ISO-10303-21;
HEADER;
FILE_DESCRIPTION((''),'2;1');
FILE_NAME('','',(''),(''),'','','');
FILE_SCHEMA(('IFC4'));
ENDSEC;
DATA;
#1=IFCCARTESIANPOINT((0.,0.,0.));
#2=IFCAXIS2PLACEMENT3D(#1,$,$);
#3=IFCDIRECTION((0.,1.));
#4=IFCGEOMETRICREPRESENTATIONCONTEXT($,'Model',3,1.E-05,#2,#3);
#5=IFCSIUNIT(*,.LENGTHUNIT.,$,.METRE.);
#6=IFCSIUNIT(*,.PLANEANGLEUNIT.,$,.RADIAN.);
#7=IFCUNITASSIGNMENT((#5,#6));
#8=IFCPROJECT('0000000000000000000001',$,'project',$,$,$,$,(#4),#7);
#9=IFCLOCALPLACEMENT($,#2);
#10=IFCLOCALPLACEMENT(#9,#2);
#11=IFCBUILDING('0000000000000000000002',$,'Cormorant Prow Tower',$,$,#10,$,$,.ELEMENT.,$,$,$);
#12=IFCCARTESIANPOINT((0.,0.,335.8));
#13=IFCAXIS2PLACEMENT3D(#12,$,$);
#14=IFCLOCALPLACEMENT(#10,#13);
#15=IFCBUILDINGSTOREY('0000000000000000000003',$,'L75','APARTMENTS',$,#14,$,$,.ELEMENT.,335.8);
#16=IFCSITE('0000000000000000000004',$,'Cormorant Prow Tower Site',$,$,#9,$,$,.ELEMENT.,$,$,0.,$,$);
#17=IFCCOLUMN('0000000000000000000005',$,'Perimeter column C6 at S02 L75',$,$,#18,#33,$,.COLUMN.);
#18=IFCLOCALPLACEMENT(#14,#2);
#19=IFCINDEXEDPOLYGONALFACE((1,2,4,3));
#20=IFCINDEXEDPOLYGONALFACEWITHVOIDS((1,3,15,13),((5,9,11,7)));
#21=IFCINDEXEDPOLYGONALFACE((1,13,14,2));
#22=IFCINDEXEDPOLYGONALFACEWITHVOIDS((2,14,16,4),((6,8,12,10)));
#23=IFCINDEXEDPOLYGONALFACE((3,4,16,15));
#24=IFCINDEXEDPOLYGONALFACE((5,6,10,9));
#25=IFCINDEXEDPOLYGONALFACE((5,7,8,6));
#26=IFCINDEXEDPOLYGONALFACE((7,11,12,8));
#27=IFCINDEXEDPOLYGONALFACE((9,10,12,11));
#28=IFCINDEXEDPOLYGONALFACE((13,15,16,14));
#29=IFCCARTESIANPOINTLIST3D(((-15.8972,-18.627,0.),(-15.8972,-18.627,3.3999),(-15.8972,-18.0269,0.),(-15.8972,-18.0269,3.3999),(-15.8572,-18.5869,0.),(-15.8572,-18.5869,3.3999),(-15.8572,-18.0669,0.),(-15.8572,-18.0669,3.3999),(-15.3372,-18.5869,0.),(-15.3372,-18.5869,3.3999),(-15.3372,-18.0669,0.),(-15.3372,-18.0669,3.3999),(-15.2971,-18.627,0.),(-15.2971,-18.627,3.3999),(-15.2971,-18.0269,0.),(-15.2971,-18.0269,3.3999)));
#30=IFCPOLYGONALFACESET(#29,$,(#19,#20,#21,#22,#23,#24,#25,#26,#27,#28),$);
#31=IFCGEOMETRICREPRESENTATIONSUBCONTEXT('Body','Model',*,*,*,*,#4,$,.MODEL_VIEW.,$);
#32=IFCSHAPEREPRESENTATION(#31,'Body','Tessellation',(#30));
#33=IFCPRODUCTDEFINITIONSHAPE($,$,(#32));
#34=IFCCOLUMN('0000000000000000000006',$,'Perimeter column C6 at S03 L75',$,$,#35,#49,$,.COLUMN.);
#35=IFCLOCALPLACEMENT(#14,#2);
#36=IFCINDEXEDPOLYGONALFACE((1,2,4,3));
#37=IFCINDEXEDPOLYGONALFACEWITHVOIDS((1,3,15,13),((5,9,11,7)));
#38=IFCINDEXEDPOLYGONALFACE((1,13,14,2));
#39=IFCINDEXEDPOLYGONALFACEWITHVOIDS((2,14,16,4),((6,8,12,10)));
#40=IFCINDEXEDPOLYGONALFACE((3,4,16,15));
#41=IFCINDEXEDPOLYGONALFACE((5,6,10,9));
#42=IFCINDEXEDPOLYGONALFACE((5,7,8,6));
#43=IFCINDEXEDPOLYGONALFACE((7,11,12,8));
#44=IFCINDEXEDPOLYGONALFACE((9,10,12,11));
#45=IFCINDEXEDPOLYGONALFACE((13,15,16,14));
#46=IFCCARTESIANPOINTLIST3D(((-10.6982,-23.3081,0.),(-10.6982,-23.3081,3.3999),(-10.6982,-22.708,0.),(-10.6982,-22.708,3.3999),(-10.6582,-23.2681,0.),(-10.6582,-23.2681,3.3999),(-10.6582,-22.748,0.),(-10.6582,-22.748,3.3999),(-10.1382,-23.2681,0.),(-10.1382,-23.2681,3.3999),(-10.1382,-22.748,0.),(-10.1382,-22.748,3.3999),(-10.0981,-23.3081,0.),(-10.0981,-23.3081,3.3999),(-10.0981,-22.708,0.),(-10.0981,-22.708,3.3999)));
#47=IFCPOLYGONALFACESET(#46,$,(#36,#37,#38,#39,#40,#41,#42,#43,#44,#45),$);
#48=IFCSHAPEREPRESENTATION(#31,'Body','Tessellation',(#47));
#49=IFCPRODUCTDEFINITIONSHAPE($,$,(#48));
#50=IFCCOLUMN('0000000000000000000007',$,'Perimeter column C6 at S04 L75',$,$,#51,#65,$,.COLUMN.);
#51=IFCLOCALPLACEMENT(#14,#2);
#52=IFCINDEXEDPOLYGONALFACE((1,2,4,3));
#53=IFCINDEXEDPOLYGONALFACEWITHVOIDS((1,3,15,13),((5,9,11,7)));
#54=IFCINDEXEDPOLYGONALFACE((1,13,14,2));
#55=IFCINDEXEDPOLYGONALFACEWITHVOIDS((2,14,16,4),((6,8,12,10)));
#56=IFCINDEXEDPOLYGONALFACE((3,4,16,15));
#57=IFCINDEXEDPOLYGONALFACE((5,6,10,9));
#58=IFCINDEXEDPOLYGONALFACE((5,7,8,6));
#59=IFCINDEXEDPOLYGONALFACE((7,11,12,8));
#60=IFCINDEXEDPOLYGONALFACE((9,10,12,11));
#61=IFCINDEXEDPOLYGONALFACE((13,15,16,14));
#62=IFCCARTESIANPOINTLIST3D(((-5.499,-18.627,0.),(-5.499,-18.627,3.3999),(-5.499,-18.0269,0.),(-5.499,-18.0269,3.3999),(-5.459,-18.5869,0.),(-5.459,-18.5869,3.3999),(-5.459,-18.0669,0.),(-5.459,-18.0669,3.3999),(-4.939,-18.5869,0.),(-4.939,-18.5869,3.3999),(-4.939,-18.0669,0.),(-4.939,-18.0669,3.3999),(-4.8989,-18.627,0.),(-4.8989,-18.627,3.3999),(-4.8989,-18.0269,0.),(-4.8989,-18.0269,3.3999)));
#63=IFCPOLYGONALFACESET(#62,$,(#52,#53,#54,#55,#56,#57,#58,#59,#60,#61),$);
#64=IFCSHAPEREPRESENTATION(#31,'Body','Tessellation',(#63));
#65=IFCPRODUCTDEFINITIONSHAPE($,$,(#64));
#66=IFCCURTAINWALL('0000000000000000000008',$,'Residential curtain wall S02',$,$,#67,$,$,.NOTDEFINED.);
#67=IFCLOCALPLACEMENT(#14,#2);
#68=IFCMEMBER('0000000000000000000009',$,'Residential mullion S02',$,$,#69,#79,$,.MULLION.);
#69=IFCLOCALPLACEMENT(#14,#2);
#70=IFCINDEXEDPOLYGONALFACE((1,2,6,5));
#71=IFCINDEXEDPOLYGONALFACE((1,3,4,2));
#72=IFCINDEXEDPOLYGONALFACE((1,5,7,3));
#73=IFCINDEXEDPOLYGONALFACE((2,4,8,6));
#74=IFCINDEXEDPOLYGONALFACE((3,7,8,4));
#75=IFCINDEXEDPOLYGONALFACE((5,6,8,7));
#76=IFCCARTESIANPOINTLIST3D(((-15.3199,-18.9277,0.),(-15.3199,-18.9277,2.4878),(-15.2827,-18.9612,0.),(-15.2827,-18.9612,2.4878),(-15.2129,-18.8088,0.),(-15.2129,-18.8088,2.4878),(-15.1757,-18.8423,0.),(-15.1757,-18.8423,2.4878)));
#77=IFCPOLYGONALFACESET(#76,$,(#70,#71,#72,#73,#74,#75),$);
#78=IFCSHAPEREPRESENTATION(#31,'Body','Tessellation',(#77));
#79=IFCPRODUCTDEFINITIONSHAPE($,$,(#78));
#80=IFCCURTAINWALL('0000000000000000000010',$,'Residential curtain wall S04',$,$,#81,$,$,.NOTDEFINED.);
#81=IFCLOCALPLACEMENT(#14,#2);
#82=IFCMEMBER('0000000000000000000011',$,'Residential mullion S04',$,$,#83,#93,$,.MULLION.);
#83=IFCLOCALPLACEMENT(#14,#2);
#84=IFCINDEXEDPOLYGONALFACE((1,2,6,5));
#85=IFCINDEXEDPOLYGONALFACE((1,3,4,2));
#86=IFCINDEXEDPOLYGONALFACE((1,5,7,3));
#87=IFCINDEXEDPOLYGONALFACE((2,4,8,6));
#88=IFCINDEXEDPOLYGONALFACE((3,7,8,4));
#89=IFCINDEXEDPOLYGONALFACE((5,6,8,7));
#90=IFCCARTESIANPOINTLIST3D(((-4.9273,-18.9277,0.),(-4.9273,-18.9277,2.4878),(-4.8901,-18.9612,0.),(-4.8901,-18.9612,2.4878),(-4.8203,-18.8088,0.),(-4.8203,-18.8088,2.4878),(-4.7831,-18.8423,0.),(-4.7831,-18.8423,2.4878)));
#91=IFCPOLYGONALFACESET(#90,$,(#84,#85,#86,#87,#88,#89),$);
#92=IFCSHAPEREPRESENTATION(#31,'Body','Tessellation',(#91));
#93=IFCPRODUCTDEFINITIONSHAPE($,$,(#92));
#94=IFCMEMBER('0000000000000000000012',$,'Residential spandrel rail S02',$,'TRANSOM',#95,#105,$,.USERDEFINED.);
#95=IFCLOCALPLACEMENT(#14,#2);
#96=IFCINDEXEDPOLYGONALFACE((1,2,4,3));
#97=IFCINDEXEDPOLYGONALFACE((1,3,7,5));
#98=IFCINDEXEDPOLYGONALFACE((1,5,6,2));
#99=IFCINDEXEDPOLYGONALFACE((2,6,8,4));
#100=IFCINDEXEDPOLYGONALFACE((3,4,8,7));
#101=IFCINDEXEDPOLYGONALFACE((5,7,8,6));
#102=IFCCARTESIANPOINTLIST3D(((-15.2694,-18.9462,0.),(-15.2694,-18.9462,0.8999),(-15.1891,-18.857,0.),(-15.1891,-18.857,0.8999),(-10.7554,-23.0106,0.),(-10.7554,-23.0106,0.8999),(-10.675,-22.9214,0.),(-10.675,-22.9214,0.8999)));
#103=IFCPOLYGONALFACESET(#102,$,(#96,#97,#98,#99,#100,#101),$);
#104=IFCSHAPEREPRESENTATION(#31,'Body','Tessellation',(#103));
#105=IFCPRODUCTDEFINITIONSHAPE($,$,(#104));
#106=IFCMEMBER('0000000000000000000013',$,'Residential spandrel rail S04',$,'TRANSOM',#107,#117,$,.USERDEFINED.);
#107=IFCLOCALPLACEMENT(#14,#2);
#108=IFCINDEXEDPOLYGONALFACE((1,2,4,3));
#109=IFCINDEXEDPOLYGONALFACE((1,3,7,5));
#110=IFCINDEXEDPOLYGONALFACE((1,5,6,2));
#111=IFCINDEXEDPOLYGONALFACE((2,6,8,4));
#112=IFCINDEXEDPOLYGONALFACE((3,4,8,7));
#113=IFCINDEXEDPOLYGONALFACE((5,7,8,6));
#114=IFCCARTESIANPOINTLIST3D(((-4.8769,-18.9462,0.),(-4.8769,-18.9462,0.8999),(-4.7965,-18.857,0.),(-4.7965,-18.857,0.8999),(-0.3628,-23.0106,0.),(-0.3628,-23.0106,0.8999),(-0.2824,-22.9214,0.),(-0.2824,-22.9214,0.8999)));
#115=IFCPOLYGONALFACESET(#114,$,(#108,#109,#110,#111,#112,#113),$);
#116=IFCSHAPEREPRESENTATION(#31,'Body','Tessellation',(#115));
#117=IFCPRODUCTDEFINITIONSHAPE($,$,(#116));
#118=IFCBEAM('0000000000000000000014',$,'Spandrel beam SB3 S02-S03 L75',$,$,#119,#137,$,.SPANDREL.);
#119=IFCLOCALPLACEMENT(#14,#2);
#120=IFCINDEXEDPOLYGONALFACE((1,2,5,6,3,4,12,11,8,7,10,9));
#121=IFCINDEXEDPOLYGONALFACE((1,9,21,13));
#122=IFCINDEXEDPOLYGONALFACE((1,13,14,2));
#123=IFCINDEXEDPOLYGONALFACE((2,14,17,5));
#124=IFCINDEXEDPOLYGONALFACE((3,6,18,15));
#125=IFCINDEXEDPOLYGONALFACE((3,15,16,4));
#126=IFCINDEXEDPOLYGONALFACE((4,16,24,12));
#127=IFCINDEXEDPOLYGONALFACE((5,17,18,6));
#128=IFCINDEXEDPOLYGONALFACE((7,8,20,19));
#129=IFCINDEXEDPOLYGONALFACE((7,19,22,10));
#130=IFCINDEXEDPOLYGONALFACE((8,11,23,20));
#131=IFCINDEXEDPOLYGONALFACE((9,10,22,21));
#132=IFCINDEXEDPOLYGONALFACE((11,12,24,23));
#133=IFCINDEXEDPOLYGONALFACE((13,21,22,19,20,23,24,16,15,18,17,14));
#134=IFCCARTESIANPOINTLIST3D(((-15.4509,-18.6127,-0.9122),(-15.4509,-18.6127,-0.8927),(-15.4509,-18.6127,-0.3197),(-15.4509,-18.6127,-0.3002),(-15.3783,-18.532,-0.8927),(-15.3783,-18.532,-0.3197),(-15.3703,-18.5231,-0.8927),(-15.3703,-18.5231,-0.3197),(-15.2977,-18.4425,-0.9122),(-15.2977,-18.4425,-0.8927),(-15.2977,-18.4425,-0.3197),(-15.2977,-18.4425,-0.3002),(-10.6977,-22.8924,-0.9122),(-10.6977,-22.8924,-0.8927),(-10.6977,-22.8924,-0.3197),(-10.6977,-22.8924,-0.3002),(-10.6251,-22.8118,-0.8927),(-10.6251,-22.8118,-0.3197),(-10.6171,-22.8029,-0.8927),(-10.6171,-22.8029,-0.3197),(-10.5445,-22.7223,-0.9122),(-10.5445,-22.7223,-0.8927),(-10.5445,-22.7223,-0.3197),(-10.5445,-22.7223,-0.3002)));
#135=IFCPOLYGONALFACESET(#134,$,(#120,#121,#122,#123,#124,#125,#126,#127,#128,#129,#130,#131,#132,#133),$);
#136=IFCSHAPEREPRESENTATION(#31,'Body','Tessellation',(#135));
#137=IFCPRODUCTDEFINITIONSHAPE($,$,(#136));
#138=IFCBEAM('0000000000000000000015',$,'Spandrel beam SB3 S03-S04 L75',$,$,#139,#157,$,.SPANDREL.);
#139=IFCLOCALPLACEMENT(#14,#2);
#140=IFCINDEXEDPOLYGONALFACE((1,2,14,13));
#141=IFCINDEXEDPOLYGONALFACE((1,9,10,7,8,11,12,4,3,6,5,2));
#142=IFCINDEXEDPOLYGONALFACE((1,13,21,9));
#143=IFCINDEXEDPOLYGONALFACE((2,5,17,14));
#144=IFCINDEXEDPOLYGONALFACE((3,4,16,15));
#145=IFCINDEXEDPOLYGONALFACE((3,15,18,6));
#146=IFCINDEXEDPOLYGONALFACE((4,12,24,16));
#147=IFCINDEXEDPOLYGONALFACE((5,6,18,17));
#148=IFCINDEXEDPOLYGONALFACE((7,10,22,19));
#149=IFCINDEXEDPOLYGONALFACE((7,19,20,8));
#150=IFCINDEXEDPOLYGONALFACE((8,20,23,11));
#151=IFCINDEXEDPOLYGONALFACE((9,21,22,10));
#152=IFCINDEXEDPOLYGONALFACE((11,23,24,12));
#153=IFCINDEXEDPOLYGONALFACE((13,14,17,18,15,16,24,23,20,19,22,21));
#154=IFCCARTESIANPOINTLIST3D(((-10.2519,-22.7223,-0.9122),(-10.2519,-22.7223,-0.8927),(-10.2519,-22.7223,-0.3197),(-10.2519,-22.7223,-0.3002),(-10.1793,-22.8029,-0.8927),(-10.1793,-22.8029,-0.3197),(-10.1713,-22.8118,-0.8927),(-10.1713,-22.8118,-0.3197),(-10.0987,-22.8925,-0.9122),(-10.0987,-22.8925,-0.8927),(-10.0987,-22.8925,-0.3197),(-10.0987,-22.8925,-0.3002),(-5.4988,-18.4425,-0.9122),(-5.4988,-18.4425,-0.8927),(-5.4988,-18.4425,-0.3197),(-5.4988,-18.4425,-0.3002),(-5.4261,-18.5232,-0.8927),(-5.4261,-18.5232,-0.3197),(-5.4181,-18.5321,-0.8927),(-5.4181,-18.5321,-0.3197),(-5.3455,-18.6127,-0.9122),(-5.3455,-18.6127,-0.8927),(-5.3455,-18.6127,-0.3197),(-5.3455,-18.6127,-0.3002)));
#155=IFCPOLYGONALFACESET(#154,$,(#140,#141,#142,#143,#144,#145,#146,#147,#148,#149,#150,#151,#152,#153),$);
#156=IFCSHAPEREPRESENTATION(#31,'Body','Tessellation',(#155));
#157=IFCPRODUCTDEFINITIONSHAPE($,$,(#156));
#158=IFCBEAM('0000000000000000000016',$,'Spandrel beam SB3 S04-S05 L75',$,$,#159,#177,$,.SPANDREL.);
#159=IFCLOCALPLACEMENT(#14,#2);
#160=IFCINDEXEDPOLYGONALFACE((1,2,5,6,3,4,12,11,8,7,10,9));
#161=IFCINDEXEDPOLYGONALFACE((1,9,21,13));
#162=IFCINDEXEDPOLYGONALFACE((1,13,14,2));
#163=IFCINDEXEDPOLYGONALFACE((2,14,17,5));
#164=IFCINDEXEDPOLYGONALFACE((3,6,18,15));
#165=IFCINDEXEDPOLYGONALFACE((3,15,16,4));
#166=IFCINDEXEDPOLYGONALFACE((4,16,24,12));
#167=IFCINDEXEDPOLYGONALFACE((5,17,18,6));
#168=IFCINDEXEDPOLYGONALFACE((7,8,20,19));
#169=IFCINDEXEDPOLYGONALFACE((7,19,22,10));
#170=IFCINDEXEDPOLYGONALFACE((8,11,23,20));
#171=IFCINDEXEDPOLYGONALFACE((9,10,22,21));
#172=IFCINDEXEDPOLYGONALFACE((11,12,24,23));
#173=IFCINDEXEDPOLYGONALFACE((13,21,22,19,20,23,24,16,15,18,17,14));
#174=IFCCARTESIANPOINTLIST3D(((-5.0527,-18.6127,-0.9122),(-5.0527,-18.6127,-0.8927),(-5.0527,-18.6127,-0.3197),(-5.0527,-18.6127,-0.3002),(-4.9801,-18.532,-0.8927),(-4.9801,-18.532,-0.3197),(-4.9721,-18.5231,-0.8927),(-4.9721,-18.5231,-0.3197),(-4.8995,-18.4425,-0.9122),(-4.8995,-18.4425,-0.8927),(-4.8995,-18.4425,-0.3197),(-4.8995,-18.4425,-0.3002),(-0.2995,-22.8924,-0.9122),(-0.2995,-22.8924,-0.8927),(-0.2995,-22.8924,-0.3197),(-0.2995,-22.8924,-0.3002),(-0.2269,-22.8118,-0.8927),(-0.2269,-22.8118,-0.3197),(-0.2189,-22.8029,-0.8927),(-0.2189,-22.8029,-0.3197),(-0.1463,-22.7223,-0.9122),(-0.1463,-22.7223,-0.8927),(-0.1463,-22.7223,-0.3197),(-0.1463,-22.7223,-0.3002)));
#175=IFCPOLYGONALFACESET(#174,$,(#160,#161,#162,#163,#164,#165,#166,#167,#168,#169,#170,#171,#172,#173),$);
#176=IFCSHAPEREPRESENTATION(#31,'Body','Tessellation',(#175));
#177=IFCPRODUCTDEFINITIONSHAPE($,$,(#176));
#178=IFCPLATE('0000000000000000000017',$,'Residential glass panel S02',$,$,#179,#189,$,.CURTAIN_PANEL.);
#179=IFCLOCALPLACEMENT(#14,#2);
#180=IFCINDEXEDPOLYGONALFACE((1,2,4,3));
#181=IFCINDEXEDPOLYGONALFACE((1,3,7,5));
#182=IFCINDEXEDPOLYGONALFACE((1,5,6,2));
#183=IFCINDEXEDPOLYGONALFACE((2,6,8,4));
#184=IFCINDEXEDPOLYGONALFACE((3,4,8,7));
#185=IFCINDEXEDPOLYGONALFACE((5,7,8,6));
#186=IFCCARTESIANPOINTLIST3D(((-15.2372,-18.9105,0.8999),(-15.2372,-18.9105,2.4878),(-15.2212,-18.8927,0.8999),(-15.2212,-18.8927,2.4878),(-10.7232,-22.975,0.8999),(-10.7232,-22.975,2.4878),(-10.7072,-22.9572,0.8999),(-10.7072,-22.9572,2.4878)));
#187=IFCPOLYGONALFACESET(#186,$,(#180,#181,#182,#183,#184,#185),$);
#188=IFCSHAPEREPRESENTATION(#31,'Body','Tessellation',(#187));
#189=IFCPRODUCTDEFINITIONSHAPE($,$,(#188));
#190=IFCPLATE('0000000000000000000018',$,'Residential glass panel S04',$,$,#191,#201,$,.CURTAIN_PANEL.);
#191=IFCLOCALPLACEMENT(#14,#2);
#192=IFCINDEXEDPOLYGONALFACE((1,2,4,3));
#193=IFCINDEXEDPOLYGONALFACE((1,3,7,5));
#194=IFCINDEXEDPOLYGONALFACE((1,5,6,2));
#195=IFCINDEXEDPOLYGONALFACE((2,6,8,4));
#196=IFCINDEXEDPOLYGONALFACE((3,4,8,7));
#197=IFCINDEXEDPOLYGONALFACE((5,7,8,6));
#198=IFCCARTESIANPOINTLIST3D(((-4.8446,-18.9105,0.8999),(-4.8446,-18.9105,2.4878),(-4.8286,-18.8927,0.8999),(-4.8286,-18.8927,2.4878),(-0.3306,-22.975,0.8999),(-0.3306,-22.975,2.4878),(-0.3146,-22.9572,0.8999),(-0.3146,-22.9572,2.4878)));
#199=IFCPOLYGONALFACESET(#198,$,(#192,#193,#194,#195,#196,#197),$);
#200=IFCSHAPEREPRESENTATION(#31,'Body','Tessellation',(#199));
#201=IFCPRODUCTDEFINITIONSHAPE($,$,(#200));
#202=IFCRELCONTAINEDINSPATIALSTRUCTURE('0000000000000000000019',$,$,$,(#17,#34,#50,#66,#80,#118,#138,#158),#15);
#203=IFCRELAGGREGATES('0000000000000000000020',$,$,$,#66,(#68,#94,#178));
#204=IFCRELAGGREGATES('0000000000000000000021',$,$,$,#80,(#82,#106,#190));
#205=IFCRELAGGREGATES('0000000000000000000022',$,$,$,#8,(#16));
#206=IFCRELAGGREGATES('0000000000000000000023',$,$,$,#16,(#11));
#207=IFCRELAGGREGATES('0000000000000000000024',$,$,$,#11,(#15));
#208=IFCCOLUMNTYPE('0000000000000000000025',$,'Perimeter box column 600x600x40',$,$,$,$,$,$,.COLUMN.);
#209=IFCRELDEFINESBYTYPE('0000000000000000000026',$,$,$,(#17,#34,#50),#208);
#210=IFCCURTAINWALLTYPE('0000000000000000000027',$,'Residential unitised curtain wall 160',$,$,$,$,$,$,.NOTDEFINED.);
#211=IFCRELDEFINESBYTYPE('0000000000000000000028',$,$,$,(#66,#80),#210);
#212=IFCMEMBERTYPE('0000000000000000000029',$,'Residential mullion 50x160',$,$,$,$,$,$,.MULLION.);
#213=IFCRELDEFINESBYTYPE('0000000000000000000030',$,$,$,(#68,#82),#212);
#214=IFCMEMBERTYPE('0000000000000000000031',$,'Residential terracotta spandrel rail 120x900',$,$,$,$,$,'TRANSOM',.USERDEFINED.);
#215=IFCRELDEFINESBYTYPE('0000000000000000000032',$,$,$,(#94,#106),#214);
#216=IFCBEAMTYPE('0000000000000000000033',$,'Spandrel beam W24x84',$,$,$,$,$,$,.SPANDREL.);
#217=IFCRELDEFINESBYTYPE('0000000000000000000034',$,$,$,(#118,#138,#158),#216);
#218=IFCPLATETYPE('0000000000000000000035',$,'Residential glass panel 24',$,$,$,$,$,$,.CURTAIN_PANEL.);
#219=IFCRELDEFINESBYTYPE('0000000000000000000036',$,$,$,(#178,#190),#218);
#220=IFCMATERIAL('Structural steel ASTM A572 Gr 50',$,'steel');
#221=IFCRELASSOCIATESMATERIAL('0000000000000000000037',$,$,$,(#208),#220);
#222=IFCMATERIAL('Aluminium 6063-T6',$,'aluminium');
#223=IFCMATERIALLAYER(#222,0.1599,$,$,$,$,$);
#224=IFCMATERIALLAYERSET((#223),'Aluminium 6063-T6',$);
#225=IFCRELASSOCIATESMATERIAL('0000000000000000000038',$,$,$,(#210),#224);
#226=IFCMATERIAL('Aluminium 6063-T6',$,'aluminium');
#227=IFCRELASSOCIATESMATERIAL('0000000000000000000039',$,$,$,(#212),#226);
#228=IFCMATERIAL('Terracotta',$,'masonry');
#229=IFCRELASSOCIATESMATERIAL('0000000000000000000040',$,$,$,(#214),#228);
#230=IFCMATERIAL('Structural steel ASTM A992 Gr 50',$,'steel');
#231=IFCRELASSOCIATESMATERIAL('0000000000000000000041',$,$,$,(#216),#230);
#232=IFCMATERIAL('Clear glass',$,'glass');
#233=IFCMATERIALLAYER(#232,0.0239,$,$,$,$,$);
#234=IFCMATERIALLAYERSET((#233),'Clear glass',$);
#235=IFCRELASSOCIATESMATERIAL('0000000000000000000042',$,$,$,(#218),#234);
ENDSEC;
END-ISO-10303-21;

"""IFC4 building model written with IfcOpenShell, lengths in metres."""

from ifc_helpers import new_model, si_unit, direction, frame, origin, origin_2d, place, context, subcontext, project, spatial, rectangle, hollow_rectangle, i_section, extrude, material, layer, layer_set, material_profile, profile_set, type_object, element, aggregate, save


model = new_model("IFC4")

# Units and contexts
model_context = context("Model", 3, precision=1e-05, world=origin(), true_north=direction((0.0, 1.0)))
body_context = subcontext(model_context, "Body", "Model", "MODEL_VIEW")
ifc_project = project(units=[si_unit("LENGTHUNIT", "METRE"), si_unit("PLANEANGLEUNIT", "RADIAN")], contexts=[model_context])

# Site, building, storey
site_placement = place(None, origin())
site = spatial("IfcSite", under=ifc_project, at=site_placement, Name="Cormorant Prow Tower Site", CompositionType="ELEMENT", RefElevation=0.0)
building_placement = place(site_placement, origin())
building = spatial("IfcBuilding", under=site, at=building_placement, Name="Cormorant Prow Tower", CompositionType="ELEMENT")
storey_placement = place(building_placement, frame((0.0, 0.0, 335.8)))
storey = spatial("IfcBuildingStorey", under=building, at=storey_placement, Name="L75", Description="APARTMENTS", CompositionType="ELEMENT", Elevation=335.8)

# Columns
ifc_material_1 = material(Name="Structural steel ASTM A572 Gr 50", Category="steel")
ifc_material_profile_1 = material_profile(ifc_material_1, hollow_rectangle(XDim=0.6001, YDim=0.6001, WallThickness=0.04, at=origin_2d()), Name="Box 600x600x40")
ifc_profile_set_1 = profile_set([ifc_material_profile_1], Name="Structural steel ASTM A572 Gr 50")
column_type = type_object("IfcColumnType", Name="Perimeter box column 600x600x40", PredefinedType="COLUMN", material=ifc_profile_set_1)
for number, where, z_axis, x_axis, name in (
    (1, (-15.5972, -18.3269, 0.0), (0.0, 0.0, 1.0), (1.0, 0.0, 0.0), "Perimeter column C6 at S02 L75"),
    (2, (-10.3982, -23.0081, 0.0), (0.0, 0.0, 1.0), (1.0, 0.0, 0.0), "Perimeter column C6 at S03 L75"),
    (3, (-5.199, -18.3269, 0.0), (0.0, 0.0, 1.0), (1.0, 0.0, 0.0), "Perimeter column C6 at S04 L75"),
):
    element("IfcColumn", number, at=place(storey_placement, frame(where, z_axis=z_axis, x_axis=x_axis)), inside=storey, type_object=column_type, Name=name, PredefinedType="COLUMN", context=body_context, shape_type="SweptSolid", body=[
        extrude(hollow_rectangle(XDim=0.6001, YDim=0.6001, WallThickness=0.04, at=origin_2d()), origin(), (0.0, 0.0, 1.0), 3.3999),
    ])

# Curtain walls, members
ifc_material_2 = material(Name="Aluminium 6063-T6", Category="aluminium")
ifc_layer_1 = layer(ifc_material_2, 0.1599)
ifc_layer_set_1 = layer_set([ifc_layer_1], Name="Aluminium 6063-T6")
curtain_wall_type = type_object("IfcCurtainWallType", Name="Residential unitised curtain wall 160", PredefinedType="NOTDEFINED", material=ifc_layer_set_1)
curtain_wall_1_placement = place(storey_placement, origin())
curtain_wall_1 = element("IfcCurtainWall", 4, at=curtain_wall_1_placement, inside=storey, type_object=curtain_wall_type, Name="Residential curtain wall S02", PredefinedType="NOTDEFINED")
ifc_material_3 = material(Name="Aluminium 6063-T6", Category="aluminium")
ifc_material_profile_2 = material_profile(ifc_material_3, rectangle(XDim=0.1599, YDim=0.05, at=origin_2d()), Name="Residential mullion 50x160")
ifc_profile_set_2 = profile_set([ifc_material_profile_2], Name="Aluminium 6063-T6")
member_type_1 = type_object("IfcMemberType", Name="Residential mullion 50x160", PredefinedType="MULLION", material=ifc_profile_set_2)
member_1_placement = place(storey_placement, frame((-15.2478, -18.885, 0.0), z_axis=(0.0, 0.0, 1.0), x_axis=(0.669131, 0.743145, 0.0)))
member_1 = element("IfcMember", 5, at=member_1_placement, type_object=member_type_1, Name="Residential mullion S02", PredefinedType="MULLION", context=body_context, shape_type="SweptSolid", body=[
    extrude(rectangle(XDim=0.1599, YDim=0.05, at=origin_2d()), origin(), (0.0, 0.0, 1.0), 2.4878),
])
curtain_wall_2_placement = place(storey_placement, origin())
curtain_wall_2 = element("IfcCurtainWall", 6, at=curtain_wall_2_placement, inside=storey, type_object=curtain_wall_type, Name="Residential curtain wall S04", PredefinedType="NOTDEFINED")
member_2_placement = place(storey_placement, frame((-4.8552, -18.885, 0.0), z_axis=(0.0, 0.0, 1.0), x_axis=(0.669131, 0.743145, 0.0)))
member_2 = element("IfcMember", 7, at=member_2_placement, type_object=member_type_1, Name="Residential mullion S04", PredefinedType="MULLION", context=body_context, shape_type="SweptSolid", body=[
    extrude(rectangle(XDim=0.1599, YDim=0.05, at=origin_2d()), origin(), (0.0, 0.0, 1.0), 2.4878),
])

# Members
ifc_material_4 = material(Name="Terracotta", Category="masonry")
ifc_material_profile_3 = material_profile(ifc_material_4, rectangle(XDim=0.1201, YDim=0.8999, at=origin_2d()), Name="Residential terracotta spandrel rail 120x900")
ifc_profile_set_3 = profile_set([ifc_material_profile_3], Name="Terracotta")
member_type_2 = type_object("IfcMemberType", Name="Residential terracotta spandrel rail 120x900", ElementType="TRANSOM", PredefinedType="USERDEFINED", material=ifc_profile_set_3)
member_3_placement = place(storey_placement, frame((-15.2292, -18.9016, 0.45), z_axis=(0.743154, -0.66912, 0.0), x_axis=(0.66912, 0.743154, 0.0)))
member_3 = element("IfcMember", 8, at=member_3_placement, type_object=member_type_2, Name="Residential spandrel rail S02", ObjectType="TRANSOM", PredefinedType="USERDEFINED", context=body_context, shape_type="SweptSolid", body=[
    extrude(rectangle(XDim=0.1201, YDim=0.8999, at=origin_2d()), origin(), (0.0, 0.0, 1.0), 6.0742),
])
member_4_placement = place(storey_placement, frame((-4.8367, -18.9016, 0.45), z_axis=(0.743154, -0.66912, 0.0), x_axis=(0.66912, 0.743154, 0.0)))
member_4 = element("IfcMember", 9, at=member_4_placement, type_object=member_type_2, Name="Residential spandrel rail S04", ObjectType="TRANSOM", PredefinedType="USERDEFINED", context=body_context, shape_type="SweptSolid", body=[
    extrude(rectangle(XDim=0.1201, YDim=0.8999, at=origin_2d()), origin(), (0.0, 0.0, 1.0), 6.0742),
])

# Beams
ifc_material_5 = material(Name="Structural steel ASTM A992 Gr 50", Category="steel")
ifc_material_profile_4 = material_profile(ifc_material_5, i_section(OverallWidth=0.229, OverallDepth=0.6121, WebThickness=0.012, FlangeThickness=0.0195, at=origin_2d()), Name="W24x84")
ifc_profile_set_4 = profile_set([ifc_material_profile_4], Name="Structural steel ASTM A992 Gr 50")
beam_type = type_object("IfcBeamType", Name="Spandrel beam W24x84", PredefinedType="SPANDREL", material=ifc_profile_set_4)
for number, where, z_axis, x_axis, name in (
    (10, (-15.3743, -18.5276, -0.6062), (0.743144, -0.669131, 0.0), (0.669131, 0.743144, 0.0), "Spandrel beam SB3 S02-S03 L75"),
    (11, (-10.1753, -22.8074, -0.6062), (0.743144, 0.669131, 0.0), (-0.669131, 0.743144, 0.0), "Spandrel beam SB3 S03-S04 L75"),
    (12, (-4.9761, -18.5276, -0.6062), (0.743144, -0.669131, 0.0), (0.669131, 0.743144, 0.0), "Spandrel beam SB3 S04-S05 L75"),
):
    element("IfcBeam", number, at=place(storey_placement, frame(where, z_axis=z_axis, x_axis=x_axis)), inside=storey, type_object=beam_type, Name=name, PredefinedType="SPANDREL", context=body_context, shape_type="SweptSolid", body=[
        extrude(i_section(OverallWidth=0.229, OverallDepth=0.6121, WebThickness=0.012, FlangeThickness=0.0195, at=origin_2d()), origin(), (0.0, 0.0, 1.0), 6.396),
    ])

# Plates
ifc_material_6 = material(Name="Clear glass", Category="glass")
ifc_layer_2 = layer(ifc_material_6, 0.0239)
ifc_layer_set_2 = layer_set([ifc_layer_2], Name="Clear glass")
plate_type = type_object("IfcPlateType", Name="Residential glass panel 24", PredefinedType="CURTAIN_PANEL", material=ifc_layer_set_2)
plate_1_placement = place(storey_placement, frame((-12.9722, -20.9338, 0.8999), z_axis=(0.0, 0.0, 1.0), x_axis=(0.743145, -0.669131, 0.0)))
plate_1 = element("IfcPlate", 13, at=plate_1_placement, type_object=plate_type, Name="Residential glass panel S02", PredefinedType="CURTAIN_PANEL", context=body_context, shape_type="SweptSolid", body=[
    extrude(rectangle(XDim=6.0742, YDim=0.0239, at=origin_2d()), origin(), (0.0, 0.0, 1.0), 1.5879),
])
aggregate(curtain_wall_1, [member_1, member_3, plate_1])
plate_2_placement = place(storey_placement, frame((-2.5796, -20.9338, 0.8999), z_axis=(0.0, 0.0, 1.0), x_axis=(0.743145, -0.669131, 0.0)))
plate_2 = element("IfcPlate", 14, at=plate_2_placement, type_object=plate_type, Name="Residential glass panel S04", PredefinedType="CURTAIN_PANEL", context=body_context, shape_type="SweptSolid", body=[
    extrude(rectangle(XDim=6.0742, YDim=0.0239, at=origin_2d()), origin(), (0.0, 0.0, 1.0), 1.5879),
])
aggregate(curtain_wall_2, [member_2, member_4, plate_2])

save(model, "model.ifc")
